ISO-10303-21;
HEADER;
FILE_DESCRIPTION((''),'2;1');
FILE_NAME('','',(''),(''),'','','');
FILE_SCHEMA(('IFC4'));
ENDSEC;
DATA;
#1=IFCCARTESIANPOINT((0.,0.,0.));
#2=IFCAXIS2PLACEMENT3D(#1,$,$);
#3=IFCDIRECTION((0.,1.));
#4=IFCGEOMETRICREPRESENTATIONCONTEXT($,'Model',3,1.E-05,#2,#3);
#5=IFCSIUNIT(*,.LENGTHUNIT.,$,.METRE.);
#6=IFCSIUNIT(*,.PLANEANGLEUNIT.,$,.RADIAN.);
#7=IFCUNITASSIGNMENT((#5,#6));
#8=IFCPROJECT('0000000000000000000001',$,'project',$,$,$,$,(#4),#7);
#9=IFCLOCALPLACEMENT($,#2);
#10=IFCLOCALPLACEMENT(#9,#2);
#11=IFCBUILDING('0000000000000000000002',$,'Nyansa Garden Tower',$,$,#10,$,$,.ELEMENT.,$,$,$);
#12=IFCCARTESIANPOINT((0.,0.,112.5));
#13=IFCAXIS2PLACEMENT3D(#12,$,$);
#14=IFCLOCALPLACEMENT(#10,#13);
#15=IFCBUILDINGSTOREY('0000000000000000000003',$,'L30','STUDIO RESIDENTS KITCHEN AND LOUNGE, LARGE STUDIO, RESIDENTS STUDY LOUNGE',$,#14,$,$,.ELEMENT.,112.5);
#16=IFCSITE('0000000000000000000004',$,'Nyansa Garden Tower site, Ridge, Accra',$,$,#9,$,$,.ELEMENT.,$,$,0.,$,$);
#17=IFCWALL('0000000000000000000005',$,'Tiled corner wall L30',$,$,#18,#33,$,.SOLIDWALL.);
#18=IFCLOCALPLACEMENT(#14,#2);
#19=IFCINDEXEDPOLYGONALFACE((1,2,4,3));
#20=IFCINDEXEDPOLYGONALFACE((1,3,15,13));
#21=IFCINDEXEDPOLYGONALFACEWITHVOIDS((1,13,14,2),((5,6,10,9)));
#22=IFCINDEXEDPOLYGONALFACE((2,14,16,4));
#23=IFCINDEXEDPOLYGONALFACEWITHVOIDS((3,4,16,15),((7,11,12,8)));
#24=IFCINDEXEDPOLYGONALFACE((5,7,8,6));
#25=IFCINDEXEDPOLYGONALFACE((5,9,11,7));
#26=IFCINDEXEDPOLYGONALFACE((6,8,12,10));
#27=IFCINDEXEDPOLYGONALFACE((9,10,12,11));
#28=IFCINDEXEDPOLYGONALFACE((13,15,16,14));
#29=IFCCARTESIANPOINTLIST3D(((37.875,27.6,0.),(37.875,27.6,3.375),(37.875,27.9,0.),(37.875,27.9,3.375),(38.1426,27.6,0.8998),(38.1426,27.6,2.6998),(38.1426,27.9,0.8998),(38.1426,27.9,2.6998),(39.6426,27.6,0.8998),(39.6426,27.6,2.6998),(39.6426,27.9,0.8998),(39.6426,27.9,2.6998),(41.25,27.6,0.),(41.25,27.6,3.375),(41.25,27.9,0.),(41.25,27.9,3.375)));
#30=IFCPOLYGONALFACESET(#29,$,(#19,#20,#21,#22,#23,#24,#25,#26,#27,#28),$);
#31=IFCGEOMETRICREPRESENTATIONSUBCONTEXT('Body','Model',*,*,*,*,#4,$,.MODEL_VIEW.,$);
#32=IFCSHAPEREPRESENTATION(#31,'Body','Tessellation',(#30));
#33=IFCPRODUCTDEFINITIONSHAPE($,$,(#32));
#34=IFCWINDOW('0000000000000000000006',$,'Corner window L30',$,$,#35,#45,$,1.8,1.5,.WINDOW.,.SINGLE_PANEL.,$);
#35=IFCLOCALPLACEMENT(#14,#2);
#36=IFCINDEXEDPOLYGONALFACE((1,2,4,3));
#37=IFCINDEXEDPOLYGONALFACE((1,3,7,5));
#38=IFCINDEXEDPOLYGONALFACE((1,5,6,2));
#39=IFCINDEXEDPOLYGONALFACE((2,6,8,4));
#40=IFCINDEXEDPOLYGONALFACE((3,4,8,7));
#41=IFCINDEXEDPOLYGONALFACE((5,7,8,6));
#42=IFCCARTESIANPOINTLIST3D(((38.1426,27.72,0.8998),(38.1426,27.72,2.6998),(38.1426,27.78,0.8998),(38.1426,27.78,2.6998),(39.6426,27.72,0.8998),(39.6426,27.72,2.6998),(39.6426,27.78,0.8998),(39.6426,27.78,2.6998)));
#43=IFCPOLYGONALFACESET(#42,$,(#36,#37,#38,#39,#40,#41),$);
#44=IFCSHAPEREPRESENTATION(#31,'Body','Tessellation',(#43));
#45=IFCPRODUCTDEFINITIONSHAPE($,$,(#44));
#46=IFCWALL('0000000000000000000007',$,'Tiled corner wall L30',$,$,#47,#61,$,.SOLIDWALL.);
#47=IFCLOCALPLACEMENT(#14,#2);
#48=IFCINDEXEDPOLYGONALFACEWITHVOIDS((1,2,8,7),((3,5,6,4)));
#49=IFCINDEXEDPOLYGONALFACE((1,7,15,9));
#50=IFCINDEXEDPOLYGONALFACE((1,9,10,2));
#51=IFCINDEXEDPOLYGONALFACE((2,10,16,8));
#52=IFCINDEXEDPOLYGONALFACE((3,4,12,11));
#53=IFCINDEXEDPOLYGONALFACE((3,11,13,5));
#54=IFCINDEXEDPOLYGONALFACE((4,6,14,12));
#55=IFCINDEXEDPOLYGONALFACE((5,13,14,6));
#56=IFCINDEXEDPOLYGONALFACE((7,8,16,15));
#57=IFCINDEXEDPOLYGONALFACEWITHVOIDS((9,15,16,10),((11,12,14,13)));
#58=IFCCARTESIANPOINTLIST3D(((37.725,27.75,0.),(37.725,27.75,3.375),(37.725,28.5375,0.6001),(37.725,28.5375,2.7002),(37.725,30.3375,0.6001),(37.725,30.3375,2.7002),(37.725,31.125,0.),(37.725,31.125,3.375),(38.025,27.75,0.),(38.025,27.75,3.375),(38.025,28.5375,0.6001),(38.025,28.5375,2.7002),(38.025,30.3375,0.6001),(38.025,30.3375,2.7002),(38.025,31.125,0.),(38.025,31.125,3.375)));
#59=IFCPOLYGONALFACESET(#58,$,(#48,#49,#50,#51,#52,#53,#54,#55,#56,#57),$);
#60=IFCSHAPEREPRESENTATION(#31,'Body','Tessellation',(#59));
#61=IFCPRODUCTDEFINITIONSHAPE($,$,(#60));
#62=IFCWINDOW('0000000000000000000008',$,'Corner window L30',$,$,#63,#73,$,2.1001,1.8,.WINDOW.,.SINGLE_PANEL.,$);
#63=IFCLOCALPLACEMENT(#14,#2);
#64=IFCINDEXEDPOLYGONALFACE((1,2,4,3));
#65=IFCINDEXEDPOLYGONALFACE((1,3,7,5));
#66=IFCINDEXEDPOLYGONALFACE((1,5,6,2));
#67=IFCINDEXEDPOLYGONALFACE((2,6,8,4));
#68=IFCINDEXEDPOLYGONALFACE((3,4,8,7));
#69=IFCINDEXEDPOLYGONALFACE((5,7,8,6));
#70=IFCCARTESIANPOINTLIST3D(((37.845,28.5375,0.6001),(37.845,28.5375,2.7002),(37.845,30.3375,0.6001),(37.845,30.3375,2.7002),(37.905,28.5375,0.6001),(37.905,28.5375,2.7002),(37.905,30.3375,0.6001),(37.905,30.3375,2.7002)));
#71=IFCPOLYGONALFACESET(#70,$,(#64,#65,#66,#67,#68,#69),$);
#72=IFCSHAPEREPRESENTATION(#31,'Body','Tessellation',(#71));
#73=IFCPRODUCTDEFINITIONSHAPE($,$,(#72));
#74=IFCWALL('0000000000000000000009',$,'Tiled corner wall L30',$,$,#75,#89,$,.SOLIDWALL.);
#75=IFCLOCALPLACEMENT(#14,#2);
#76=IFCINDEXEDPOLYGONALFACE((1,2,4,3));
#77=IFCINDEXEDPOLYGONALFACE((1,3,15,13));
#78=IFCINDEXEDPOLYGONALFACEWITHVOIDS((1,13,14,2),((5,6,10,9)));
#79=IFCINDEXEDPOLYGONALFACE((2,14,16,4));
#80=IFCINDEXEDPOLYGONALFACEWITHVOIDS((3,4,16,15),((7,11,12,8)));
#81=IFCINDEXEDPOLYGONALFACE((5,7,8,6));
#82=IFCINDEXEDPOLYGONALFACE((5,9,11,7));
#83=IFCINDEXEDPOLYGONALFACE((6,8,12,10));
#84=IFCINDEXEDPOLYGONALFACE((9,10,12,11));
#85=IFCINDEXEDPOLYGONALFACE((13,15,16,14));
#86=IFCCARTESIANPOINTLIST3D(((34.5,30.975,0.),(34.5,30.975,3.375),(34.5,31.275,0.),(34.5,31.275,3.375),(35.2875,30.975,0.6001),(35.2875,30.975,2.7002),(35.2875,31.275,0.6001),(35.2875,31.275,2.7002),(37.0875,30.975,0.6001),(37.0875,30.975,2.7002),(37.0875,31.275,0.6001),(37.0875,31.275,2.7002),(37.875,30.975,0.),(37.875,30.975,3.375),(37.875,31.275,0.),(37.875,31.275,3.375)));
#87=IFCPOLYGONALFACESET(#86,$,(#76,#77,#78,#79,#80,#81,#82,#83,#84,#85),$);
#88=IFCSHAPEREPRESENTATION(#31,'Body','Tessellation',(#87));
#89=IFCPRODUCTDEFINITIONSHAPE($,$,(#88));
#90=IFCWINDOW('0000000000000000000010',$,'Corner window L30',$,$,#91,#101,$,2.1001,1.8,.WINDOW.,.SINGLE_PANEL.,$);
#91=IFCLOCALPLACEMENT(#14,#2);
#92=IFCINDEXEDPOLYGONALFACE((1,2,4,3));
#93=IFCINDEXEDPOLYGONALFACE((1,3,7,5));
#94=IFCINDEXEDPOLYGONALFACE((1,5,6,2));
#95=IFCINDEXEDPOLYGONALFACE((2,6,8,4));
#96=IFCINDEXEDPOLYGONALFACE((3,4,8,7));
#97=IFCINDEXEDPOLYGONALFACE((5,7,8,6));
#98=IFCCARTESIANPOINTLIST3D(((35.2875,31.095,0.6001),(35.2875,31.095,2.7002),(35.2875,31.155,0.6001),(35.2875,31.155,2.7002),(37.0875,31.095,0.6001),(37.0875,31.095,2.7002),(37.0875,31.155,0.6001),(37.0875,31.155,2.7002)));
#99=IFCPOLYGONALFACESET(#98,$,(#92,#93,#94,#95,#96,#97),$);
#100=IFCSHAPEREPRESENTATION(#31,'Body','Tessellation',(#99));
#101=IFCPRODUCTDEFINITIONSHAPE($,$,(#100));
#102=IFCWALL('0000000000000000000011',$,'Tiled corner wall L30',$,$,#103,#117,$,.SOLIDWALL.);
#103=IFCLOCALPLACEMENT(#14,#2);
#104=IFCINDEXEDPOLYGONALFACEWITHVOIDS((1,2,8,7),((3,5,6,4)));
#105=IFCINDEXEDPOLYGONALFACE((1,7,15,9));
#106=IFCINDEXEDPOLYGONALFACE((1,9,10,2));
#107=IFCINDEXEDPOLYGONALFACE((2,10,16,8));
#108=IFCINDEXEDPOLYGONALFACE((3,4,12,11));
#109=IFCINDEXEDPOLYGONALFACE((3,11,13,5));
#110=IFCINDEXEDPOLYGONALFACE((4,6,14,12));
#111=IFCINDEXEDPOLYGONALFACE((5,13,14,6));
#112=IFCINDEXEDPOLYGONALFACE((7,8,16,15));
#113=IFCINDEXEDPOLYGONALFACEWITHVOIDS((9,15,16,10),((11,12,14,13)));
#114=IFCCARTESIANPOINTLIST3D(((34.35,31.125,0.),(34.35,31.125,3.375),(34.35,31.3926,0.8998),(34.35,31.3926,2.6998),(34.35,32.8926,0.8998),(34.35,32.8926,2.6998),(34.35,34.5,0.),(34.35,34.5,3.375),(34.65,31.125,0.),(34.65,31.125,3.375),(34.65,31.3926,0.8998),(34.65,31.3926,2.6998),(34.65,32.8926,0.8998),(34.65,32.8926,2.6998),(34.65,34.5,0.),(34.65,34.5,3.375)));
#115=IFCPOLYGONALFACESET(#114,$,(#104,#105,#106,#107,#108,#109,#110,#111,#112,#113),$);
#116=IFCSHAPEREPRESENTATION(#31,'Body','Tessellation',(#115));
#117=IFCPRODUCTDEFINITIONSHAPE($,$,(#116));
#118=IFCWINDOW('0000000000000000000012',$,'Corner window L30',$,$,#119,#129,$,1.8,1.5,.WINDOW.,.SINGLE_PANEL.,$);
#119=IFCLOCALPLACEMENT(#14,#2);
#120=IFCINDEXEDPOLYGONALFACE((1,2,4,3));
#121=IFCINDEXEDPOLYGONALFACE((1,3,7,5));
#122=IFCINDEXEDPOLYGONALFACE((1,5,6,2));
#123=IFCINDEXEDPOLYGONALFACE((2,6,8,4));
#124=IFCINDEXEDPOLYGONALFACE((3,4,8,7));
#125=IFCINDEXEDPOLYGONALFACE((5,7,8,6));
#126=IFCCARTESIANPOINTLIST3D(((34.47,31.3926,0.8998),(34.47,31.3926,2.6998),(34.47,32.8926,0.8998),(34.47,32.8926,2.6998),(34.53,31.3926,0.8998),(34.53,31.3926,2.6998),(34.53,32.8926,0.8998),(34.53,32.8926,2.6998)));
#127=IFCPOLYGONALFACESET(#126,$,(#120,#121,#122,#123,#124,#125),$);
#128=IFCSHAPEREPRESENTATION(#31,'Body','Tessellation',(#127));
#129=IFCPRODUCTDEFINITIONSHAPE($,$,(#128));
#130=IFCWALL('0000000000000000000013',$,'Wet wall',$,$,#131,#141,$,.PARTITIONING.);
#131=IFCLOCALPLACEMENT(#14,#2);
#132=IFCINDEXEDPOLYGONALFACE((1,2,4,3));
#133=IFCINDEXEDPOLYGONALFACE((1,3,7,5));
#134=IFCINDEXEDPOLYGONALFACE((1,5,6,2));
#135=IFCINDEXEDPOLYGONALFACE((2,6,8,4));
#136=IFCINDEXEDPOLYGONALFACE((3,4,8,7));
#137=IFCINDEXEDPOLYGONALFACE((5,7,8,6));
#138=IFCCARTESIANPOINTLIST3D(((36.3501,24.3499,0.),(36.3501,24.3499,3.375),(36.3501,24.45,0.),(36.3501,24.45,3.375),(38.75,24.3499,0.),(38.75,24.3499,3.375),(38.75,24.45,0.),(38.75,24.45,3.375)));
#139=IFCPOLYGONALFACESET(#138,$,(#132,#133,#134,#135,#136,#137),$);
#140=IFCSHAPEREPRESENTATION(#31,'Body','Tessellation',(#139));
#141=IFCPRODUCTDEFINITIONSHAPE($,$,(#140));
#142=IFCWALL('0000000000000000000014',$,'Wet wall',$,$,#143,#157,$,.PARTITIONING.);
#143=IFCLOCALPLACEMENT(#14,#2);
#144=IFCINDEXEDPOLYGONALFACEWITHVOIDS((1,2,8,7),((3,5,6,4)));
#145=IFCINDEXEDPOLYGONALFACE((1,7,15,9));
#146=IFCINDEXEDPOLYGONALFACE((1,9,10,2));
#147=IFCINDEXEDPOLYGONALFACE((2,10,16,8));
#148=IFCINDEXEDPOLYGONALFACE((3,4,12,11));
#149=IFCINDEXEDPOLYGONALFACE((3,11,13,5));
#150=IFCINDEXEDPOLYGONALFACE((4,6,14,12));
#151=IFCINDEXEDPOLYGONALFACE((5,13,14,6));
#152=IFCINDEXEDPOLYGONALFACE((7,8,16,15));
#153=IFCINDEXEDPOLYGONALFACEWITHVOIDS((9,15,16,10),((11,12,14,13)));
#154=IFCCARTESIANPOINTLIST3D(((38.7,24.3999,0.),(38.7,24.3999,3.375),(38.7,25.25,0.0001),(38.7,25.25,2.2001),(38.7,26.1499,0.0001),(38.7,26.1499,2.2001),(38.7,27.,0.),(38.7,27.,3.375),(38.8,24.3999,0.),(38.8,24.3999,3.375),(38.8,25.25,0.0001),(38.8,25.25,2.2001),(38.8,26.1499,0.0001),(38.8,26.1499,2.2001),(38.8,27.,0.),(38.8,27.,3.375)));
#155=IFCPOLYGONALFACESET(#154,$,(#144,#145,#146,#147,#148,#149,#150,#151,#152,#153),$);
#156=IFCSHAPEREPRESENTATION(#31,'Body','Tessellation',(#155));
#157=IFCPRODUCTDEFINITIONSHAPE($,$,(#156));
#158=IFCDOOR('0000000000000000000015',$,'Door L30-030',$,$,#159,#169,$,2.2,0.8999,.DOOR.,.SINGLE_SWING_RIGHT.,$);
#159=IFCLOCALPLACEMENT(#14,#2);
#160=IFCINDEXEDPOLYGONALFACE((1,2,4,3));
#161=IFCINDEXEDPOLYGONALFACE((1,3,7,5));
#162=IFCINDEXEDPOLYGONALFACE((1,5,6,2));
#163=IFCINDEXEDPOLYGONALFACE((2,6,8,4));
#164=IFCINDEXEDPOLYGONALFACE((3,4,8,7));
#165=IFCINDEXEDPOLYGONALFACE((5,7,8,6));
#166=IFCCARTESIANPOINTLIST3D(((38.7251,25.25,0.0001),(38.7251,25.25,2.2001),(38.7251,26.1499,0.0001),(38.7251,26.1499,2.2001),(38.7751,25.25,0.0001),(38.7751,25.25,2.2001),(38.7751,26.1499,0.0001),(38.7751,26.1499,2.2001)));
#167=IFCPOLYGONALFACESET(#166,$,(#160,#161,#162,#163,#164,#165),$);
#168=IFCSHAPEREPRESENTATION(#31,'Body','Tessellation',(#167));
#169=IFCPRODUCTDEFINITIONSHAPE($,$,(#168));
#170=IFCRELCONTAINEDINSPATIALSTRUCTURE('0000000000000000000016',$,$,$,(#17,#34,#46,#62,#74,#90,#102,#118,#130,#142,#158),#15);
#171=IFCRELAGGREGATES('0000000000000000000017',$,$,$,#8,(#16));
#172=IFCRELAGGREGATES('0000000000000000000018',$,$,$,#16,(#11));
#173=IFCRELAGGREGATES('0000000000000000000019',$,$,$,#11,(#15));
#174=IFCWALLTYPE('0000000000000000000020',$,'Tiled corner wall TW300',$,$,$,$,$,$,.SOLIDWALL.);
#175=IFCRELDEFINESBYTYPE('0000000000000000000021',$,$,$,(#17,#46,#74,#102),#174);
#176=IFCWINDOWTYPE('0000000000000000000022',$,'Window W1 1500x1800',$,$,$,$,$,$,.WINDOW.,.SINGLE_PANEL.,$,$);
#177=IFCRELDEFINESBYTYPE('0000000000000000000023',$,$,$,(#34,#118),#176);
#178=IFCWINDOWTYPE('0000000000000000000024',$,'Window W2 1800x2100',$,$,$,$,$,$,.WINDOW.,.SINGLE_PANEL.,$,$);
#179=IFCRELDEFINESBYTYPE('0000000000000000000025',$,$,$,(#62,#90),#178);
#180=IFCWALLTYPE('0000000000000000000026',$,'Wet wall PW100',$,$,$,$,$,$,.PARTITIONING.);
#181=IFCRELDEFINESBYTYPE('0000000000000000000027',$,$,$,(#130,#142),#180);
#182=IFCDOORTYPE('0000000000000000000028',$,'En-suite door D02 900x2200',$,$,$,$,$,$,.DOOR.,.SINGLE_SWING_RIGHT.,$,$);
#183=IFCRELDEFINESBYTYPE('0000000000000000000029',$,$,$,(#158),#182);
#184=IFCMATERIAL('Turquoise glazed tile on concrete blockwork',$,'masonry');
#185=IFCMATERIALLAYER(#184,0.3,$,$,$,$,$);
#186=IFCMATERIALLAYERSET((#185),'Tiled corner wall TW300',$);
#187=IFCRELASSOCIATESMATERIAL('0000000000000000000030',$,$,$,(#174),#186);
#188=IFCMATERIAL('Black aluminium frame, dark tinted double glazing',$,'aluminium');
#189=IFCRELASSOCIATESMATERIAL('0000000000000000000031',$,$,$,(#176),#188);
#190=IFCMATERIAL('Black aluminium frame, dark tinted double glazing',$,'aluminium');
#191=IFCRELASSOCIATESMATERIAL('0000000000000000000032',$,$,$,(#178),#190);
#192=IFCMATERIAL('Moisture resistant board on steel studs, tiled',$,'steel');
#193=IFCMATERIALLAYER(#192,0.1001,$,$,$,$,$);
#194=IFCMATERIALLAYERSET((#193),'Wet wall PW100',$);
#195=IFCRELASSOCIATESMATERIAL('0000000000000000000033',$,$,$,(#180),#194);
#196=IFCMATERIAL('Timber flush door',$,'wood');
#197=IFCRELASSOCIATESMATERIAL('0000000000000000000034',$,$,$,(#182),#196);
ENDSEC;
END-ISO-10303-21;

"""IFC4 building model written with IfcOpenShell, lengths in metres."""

from ifc_helpers import new_model, si_unit, direction, frame, frame_2d, origin, place, context, subcontext, project, spatial, rectangle, extrude, material, layer, layer_set, type_object, element, fill, save


model = new_model("IFC4")

# Units and contexts
model_context = context("Model", 3, precision=1e-05, world=origin(), true_north=direction((0.0, 1.0)))
body_context = subcontext(model_context, "Body", "Model", "MODEL_VIEW")
ifc_project = project(units=[si_unit("LENGTHUNIT", "METRE"), si_unit("PLANEANGLEUNIT", "RADIAN")], contexts=[model_context])

# Site, building, storey
site_placement = place(None, origin())
site = spatial("IfcSite", under=ifc_project, at=site_placement, Name="Nyansa Garden Tower site, Ridge, Accra", CompositionType="ELEMENT", RefElevation=0.0)
building_placement = place(site_placement, origin())
building = spatial("IfcBuilding", under=site, at=building_placement, Name="Nyansa Garden Tower", CompositionType="ELEMENT")
storey_placement = place(building_placement, frame((0.0, 0.0, 112.5)))
storey = spatial("IfcBuildingStorey", under=building, at=storey_placement, Name="L30", Description="STUDIO RESIDENTS KITCHEN AND LOUNGE, LARGE STUDIO, RESIDENTS STUDY LOUNGE", CompositionType="ELEMENT", Elevation=112.5)

# Walls, openings, windows
ifc_material_1 = material(Name="Turquoise glazed tile on concrete blockwork", Category="masonry")
ifc_layer_1 = layer(ifc_material_1, 0.3)
ifc_layer_set_1 = layer_set([ifc_layer_1], Name="Tiled corner wall TW300")
wall_type_1 = type_object("IfcWallType", Name="Tiled corner wall TW300", PredefinedType="SOLIDWALL", material=ifc_layer_set_1)
wall_1_placement = place(storey_placement, frame((41.25, 27.75, 0.0), z_axis=(0.0, 0.0, 1.0), x_axis=(-1.0, 0.0, 0.0)))
wall_1 = element("IfcWall", 1, at=wall_1_placement, inside=storey, type_object=wall_type_1, Name="Tiled corner wall L30", PredefinedType="SOLIDWALL", context=body_context, shape_type="SweptSolid", body=[
    extrude(rectangle(XDim=3.375, YDim=0.3, at=frame_2d((1.6875, 0.0))), origin(), (0.0, 0.0, 1.0), 3.375),
])
opening_1_placement = place(wall_1_placement, frame((1.6074, 0.0, 0.8999)))
opening_1 = element("IfcOpeningElement", 2, at=opening_1_placement, cuts=wall_1, PredefinedType="OPENING", context=body_context, shape_type="SweptSolid", body=[
    extrude(rectangle(XDim=1.5, YDim=1.8, at=frame_2d((0.75, 0.8999))), frame((0.0, 0.1599, 0.0), z_axis=(0.0, -1.0, 0.0), x_axis=(1.0, 0.0, 0.0)), (0.0, 0.0, 1.0), 0.3201),
])
ifc_material_2 = material(Name="Black aluminium frame, dark tinted double glazing", Category="aluminium")
window_type_1 = type_object("IfcWindowType", Name="Window W1 1500x1800", PartitioningType="SINGLE_PANEL", PredefinedType="WINDOW", material=ifc_material_2)
window_1_placement = place(opening_1_placement, origin())
window_1 = element("IfcWindow", 3, at=window_1_placement, inside=storey, type_object=window_type_1, Name="Corner window L30", OverallHeight=1.8, OverallWidth=1.5, PartitioningType="SINGLE_PANEL", PredefinedType="WINDOW", context=body_context, shape_type="SweptSolid", body=[
    extrude(rectangle(XDim=1.5, YDim=1.8, at=frame_2d((0.75, 0.8999))), frame((0.0, 0.03, 0.0), z_axis=(0.0, -1.0, 0.0), x_axis=(1.0, 0.0, 0.0)), (0.0, 0.0, 1.0), 0.0601),
])
fill(opening_1, window_1)
wall_2_placement = place(storey_placement, frame((37.875, 27.75, 0.0), z_axis=(0.0, 0.0, 1.0), x_axis=(0.0, 1.0, 0.0)))
wall_2 = element("IfcWall", 4, at=wall_2_placement, inside=storey, type_object=wall_type_1, Name="Tiled corner wall L30", PredefinedType="SOLIDWALL", context=body_context, shape_type="SweptSolid", body=[
    extrude(rectangle(XDim=3.375, YDim=0.3, at=frame_2d((1.6875, 0.0))), origin(), (0.0, 0.0, 1.0), 3.375),
])
opening_2_placement = place(wall_2_placement, frame((0.7876, 0.0, 0.6001)))
opening_2 = element("IfcOpeningElement", 5, at=opening_2_placement, cuts=wall_2, PredefinedType="OPENING", context=body_context, shape_type="SweptSolid", body=[
    extrude(rectangle(XDim=1.8, YDim=2.1001, at=frame_2d((0.8999, 1.05))), frame((0.0, 0.1599, 0.0), z_axis=(0.0, -1.0, 0.0), x_axis=(1.0, 0.0, 0.0)), (0.0, 0.0, 1.0), 0.3201),
])
ifc_material_3 = material(Name="Black aluminium frame, dark tinted double glazing", Category="aluminium")
window_type_2 = type_object("IfcWindowType", Name="Window W2 1800x2100", PartitioningType="SINGLE_PANEL", PredefinedType="WINDOW", material=ifc_material_3)
window_2_placement = place(opening_2_placement, origin())
window_2 = element("IfcWindow", 6, at=window_2_placement, inside=storey, type_object=window_type_2, Name="Corner window L30", OverallHeight=2.1001, OverallWidth=1.8, PartitioningType="SINGLE_PANEL", PredefinedType="WINDOW", context=body_context, shape_type="SweptSolid", body=[
    extrude(rectangle(XDim=1.8, YDim=2.1001, at=frame_2d((0.8999, 1.05))), frame((0.0, 0.03, 0.0), z_axis=(0.0, -1.0, 0.0), x_axis=(1.0, 0.0, 0.0)), (0.0, 0.0, 1.0), 0.0601),
])
fill(opening_2, window_2)
wall_3_placement = place(storey_placement, frame((37.875, 31.125, 0.0), z_axis=(0.0, 0.0, 1.0), x_axis=(-1.0, 0.0, 0.0)))
wall_3 = element("IfcWall", 7, at=wall_3_placement, inside=storey, type_object=wall_type_1, Name="Tiled corner wall L30", PredefinedType="SOLIDWALL", context=body_context, shape_type="SweptSolid", body=[
    extrude(rectangle(XDim=3.375, YDim=0.3, at=frame_2d((1.6875, 0.0))), origin(), (0.0, 0.0, 1.0), 3.375),
])
opening_3_placement = place(wall_3_placement, frame((0.7876, 0.0, 0.6001)))
opening_3 = element("IfcOpeningElement", 8, at=opening_3_placement, cuts=wall_3, PredefinedType="OPENING", context=body_context, shape_type="SweptSolid", body=[
    extrude(rectangle(XDim=1.8, YDim=2.1001, at=frame_2d((0.8999, 1.05))), frame((0.0, 0.1599, 0.0), z_axis=(0.0, -1.0, 0.0), x_axis=(1.0, 0.0, 0.0)), (0.0, 0.0, 1.0), 0.3201),
])
window_3_placement = place(opening_3_placement, origin())
window_3 = element("IfcWindow", 9, at=window_3_placement, inside=storey, type_object=window_type_2, Name="Corner window L30", OverallHeight=2.1001, OverallWidth=1.8, PartitioningType="SINGLE_PANEL", PredefinedType="WINDOW", context=body_context, shape_type="SweptSolid", body=[
    extrude(rectangle(XDim=1.8, YDim=2.1001, at=frame_2d((0.8999, 1.05))), frame((0.0, 0.03, 0.0), z_axis=(0.0, -1.0, 0.0), x_axis=(1.0, 0.0, 0.0)), (0.0, 0.0, 1.0), 0.0601),
])
fill(opening_3, window_3)
wall_4_placement = place(storey_placement, frame((34.5, 31.125, 0.0), z_axis=(0.0, 0.0, 1.0), x_axis=(0.0, 1.0, 0.0)))
wall_4 = element("IfcWall", 10, at=wall_4_placement, inside=storey, type_object=wall_type_1, Name="Tiled corner wall L30", PredefinedType="SOLIDWALL", context=body_context, shape_type="SweptSolid", body=[
    extrude(rectangle(XDim=3.375, YDim=0.3, at=frame_2d((1.6875, 0.0))), origin(), (0.0, 0.0, 1.0), 3.375),
])
opening_4_placement = place(wall_4_placement, frame((0.2676, 0.0, 0.8999)))
opening_4 = element("IfcOpeningElement", 11, at=opening_4_placement, cuts=wall_4, PredefinedType="OPENING", context=body_context, shape_type="SweptSolid", body=[
    extrude(rectangle(XDim=1.5, YDim=1.8, at=frame_2d((0.75, 0.8999))), frame((0.0, 0.1599, 0.0), z_axis=(0.0, -1.0, 0.0), x_axis=(1.0, 0.0, 0.0)), (0.0, 0.0, 1.0), 0.3201),
])
window_4_placement = place(opening_4_placement, origin())
window_4 = element("IfcWindow", 12, at=window_4_placement, inside=storey, type_object=window_type_1, Name="Corner window L30", OverallHeight=1.8, OverallWidth=1.5, PartitioningType="SINGLE_PANEL", PredefinedType="WINDOW", context=body_context, shape_type="SweptSolid", body=[
    extrude(rectangle(XDim=1.5, YDim=1.8, at=frame_2d((0.75, 0.8999))), frame((0.0, 0.03, 0.0), z_axis=(0.0, -1.0, 0.0), x_axis=(1.0, 0.0, 0.0)), (0.0, 0.0, 1.0), 0.0601),
])
fill(opening_4, window_4)

# Wall
ifc_material_4 = material(Name="Moisture resistant board on steel studs, tiled", Category="steel")
ifc_layer_2 = layer(ifc_material_4, 0.1001)
ifc_layer_set_2 = layer_set([ifc_layer_2], Name="Wet wall PW100")
wall_type_2 = type_object("IfcWallType", Name="Wet wall PW100", PredefinedType="PARTITIONING", material=ifc_layer_set_2)
wall_5_placement = place(storey_placement, frame((36.3501, 24.3999, 0.0), z_axis=(0.0, 0.0, 1.0), x_axis=(1.0, 0.0, 0.0)))
element("IfcWall", 13, at=wall_5_placement, inside=storey, type_object=wall_type_2, Name="Wet wall", PredefinedType="PARTITIONING", context=body_context, shape_type="SweptSolid", body=[
    extrude(rectangle(XDim=2.3999, YDim=0.1001, at=frame_2d((1.2, 0.0))), origin(), (0.0, 0.0, 1.0), 3.375),
])

# Wall, opening, door
wall_6_placement = place(storey_placement, frame((38.75, 24.3999, 0.0), z_axis=(0.0, 0.0, 1.0), x_axis=(0.0, 1.0, 0.0)))
wall_6 = element("IfcWall", 14, at=wall_6_placement, inside=storey, type_object=wall_type_2, Name="Wet wall", PredefinedType="PARTITIONING", context=body_context, shape_type="SweptSolid", body=[
    extrude(rectangle(XDim=2.6001, YDim=0.1001, at=frame_2d((1.3, 0.0))), origin(), (0.0, 0.0, 1.0), 3.375),
])
opening_5_placement = place(wall_6_placement, frame((0.8501, 0.0, 0.0)))
opening_5 = element("IfcOpeningElement", 15, at=opening_5_placement, cuts=wall_6, PredefinedType="OPENING", context=body_context, shape_type="SweptSolid", body=[
    extrude(rectangle(XDim=0.8999, YDim=2.2, at=frame_2d((0.45, 1.1001))), frame((0.0, 0.0601, 0.0), z_axis=(0.0, -1.0, 0.0), x_axis=(1.0, 0.0, 0.0)), (0.0, 0.0, 1.0), 0.1201),
])
ifc_material_5 = material(Name="Timber flush door", Category="wood")
door_type = type_object("IfcDoorType", Name="En-suite door D02 900x2200", OperationType="SINGLE_SWING_RIGHT", PredefinedType="DOOR", material=ifc_material_5)
door_placement = place(opening_5_placement, origin())
door = element("IfcDoor", 16, at=door_placement, inside=storey, type_object=door_type, Name="Door L30-030", OperationType="SINGLE_SWING_RIGHT", OverallHeight=2.2, OverallWidth=0.8999, PredefinedType="DOOR", context=body_context, shape_type="SweptSolid", body=[
    extrude(rectangle(XDim=0.8999, YDim=2.2, at=frame_2d((0.45, 1.1001))), frame((0.0, 0.0249, 0.0), z_axis=(0.0, -1.0, 0.0), x_axis=(1.0, 0.0, 0.0)), (0.0, 0.0, 1.0), 0.05),
])
fill(opening_5, door)

save(model, "model.ifc")
